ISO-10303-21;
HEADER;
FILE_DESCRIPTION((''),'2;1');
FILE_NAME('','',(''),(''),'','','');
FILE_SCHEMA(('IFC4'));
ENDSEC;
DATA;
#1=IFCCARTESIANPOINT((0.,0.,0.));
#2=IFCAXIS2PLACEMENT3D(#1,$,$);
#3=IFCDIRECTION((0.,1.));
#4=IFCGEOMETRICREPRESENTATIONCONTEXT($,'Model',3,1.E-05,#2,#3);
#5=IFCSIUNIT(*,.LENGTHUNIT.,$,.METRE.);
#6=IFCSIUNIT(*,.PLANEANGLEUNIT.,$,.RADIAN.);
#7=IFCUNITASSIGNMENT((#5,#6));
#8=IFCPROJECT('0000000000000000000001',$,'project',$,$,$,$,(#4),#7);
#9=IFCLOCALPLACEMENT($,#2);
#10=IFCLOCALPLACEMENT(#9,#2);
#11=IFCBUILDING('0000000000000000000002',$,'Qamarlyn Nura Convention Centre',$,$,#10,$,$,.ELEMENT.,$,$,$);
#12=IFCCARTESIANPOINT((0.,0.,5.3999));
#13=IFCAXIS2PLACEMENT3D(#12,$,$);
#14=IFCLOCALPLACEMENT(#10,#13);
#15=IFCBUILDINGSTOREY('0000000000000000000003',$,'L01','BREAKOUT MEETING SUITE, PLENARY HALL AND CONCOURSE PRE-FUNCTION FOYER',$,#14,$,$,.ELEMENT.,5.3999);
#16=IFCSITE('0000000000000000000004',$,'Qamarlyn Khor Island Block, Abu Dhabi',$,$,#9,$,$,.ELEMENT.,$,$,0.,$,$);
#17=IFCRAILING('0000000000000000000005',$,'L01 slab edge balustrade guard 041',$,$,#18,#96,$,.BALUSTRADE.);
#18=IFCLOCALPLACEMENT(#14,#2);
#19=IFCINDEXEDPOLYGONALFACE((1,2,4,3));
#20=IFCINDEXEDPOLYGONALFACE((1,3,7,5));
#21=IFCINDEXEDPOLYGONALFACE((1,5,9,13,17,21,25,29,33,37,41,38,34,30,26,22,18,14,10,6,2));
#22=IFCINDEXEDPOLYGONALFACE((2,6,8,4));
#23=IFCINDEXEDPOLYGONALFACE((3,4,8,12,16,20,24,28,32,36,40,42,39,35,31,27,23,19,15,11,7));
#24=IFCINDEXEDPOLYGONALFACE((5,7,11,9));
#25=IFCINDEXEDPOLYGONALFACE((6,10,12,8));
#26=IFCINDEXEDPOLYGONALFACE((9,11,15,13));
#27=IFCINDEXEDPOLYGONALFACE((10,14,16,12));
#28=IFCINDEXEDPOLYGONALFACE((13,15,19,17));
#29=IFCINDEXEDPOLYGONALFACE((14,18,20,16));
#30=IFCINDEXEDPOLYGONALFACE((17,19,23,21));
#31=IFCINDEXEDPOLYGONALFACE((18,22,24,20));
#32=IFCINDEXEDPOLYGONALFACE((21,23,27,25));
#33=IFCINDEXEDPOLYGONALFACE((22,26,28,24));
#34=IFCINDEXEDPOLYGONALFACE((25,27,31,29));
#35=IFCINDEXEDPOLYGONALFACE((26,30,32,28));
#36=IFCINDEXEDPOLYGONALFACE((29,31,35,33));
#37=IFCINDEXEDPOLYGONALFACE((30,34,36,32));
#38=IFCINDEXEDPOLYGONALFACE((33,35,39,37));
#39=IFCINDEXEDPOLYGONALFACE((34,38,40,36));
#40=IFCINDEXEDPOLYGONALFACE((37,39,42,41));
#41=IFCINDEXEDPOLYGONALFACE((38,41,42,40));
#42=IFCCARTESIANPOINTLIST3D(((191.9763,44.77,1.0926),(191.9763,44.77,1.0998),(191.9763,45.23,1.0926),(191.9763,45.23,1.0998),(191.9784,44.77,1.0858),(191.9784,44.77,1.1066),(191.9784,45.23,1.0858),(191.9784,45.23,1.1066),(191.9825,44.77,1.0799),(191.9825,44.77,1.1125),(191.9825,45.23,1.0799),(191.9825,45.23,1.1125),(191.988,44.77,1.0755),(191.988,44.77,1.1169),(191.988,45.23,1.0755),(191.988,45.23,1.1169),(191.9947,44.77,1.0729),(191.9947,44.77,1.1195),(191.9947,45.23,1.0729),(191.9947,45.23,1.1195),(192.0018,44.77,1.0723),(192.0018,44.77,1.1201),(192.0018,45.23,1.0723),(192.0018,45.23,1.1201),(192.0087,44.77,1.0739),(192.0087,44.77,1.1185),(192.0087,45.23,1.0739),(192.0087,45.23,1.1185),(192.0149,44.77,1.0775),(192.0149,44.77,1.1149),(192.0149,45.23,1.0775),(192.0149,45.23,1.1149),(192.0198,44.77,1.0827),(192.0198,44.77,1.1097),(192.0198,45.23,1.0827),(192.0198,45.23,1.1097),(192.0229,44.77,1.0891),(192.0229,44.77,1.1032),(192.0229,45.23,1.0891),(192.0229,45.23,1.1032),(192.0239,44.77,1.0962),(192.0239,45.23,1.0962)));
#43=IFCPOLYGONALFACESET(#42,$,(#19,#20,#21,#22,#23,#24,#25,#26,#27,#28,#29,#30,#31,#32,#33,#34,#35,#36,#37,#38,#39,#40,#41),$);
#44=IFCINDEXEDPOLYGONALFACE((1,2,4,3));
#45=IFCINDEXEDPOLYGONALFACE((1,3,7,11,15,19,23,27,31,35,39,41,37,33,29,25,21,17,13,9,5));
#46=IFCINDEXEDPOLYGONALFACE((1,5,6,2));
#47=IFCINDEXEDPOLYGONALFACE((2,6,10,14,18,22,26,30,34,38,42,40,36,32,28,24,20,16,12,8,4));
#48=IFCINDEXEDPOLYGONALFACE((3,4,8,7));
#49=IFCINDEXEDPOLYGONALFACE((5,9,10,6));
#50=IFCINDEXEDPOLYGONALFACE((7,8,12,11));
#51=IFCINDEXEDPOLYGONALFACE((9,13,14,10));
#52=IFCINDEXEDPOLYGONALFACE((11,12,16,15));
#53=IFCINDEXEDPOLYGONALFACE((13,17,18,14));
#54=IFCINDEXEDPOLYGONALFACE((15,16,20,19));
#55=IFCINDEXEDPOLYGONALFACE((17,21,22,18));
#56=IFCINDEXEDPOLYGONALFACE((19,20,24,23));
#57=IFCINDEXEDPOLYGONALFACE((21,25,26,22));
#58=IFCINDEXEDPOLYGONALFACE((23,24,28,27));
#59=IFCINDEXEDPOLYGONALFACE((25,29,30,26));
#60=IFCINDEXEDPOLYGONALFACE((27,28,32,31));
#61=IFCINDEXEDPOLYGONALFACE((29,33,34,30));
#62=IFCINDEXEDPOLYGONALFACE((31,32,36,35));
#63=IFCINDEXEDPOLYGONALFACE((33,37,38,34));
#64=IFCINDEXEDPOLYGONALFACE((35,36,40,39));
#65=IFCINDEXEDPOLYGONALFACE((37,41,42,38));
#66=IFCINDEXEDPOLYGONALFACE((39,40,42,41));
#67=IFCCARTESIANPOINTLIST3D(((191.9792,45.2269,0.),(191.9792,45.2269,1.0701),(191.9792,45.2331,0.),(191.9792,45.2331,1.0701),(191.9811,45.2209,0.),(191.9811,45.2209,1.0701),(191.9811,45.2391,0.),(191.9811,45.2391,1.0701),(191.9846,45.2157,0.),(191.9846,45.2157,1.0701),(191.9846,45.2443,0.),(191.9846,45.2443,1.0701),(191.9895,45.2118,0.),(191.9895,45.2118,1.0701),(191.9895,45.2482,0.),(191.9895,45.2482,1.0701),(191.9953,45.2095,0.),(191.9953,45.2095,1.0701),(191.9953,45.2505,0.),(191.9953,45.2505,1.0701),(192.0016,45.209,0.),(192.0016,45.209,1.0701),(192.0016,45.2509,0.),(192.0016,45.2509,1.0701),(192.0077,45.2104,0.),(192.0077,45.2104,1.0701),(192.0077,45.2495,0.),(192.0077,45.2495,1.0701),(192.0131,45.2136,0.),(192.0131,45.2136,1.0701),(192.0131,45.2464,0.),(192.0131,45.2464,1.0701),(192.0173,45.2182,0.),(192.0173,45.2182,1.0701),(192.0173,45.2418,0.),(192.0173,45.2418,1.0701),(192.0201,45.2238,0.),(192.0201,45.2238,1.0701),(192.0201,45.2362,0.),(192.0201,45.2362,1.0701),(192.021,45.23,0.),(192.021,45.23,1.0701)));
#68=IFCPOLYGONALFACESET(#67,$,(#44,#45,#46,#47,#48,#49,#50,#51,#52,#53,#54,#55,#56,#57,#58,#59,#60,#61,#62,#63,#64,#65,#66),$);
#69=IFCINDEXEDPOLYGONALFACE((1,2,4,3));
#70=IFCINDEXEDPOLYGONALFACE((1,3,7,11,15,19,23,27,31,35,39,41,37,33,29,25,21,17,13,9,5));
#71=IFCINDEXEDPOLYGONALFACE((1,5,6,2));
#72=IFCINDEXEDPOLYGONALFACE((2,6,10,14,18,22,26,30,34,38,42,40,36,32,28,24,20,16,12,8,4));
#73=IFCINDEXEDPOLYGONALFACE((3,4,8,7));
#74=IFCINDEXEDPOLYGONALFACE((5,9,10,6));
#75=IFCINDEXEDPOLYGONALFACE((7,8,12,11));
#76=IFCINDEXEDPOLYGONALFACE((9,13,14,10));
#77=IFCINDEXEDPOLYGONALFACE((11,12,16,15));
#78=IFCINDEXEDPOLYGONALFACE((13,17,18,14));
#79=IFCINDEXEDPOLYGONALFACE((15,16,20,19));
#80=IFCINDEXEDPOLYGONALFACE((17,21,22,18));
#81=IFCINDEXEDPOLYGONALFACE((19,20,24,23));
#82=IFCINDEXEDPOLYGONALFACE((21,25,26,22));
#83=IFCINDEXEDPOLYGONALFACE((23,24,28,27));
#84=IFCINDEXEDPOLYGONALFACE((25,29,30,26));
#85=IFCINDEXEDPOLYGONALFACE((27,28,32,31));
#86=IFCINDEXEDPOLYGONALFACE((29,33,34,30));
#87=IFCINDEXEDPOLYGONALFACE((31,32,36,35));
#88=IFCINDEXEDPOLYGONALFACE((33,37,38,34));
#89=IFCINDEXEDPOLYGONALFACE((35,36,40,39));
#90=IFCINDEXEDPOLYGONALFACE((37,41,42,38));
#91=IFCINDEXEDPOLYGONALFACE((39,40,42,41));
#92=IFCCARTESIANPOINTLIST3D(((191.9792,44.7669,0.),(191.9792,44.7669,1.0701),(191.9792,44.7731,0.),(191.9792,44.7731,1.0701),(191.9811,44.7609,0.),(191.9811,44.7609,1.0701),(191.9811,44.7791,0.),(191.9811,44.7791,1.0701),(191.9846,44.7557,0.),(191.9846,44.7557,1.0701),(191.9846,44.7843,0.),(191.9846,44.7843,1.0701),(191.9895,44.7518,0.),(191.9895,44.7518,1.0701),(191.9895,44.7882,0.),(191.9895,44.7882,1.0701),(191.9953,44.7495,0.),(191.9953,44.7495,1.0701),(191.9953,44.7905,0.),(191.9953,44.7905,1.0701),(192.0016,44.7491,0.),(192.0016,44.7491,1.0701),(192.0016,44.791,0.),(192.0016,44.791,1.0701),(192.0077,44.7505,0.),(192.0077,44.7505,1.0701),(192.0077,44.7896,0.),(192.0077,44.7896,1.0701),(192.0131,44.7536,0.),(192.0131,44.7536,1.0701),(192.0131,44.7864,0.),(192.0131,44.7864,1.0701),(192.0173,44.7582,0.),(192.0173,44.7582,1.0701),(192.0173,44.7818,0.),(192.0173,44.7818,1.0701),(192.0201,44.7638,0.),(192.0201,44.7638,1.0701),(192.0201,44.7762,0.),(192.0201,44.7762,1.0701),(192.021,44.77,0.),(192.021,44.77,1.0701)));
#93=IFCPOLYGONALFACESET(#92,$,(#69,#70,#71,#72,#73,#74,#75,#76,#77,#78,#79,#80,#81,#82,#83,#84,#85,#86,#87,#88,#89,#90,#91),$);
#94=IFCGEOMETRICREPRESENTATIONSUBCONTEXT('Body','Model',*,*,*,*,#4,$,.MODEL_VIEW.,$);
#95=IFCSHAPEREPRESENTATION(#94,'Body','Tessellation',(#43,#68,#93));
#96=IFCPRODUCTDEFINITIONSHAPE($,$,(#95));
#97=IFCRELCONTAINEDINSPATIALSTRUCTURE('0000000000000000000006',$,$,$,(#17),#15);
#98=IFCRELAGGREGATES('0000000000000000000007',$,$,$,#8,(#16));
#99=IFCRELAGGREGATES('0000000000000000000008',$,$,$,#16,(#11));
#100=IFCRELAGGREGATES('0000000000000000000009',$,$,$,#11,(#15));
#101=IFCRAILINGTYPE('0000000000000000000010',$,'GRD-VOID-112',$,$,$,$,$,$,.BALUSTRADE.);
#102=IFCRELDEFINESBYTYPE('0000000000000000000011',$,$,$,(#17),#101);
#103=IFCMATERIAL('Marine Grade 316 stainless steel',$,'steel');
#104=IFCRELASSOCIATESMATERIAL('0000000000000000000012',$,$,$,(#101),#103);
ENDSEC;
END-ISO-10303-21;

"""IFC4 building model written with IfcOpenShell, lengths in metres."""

from ifc_helpers import new_model, si_unit, direction, frame, origin, origin_2d, place, context, subcontext, project, spatial, circle, extrude, material, type_object, element, save


model = new_model("IFC4")

# Units and contexts
model_context = context("Model", 3, precision=1e-05, world=origin(), true_north=direction((0.0, 1.0)))
body_context = subcontext(model_context, "Body", "Model", "MODEL_VIEW")
ifc_project = project(units=[si_unit("LENGTHUNIT", "METRE"), si_unit("PLANEANGLEUNIT", "RADIAN")], contexts=[model_context])

# Site, building, storey
site_placement = place(None, origin())
site = spatial("IfcSite", under=ifc_project, at=site_placement, Name="Qamarlyn Khor Island Block, Abu Dhabi", CompositionType="ELEMENT", RefElevation=0.0)
building_placement = place(site_placement, origin())
building = spatial("IfcBuilding", under=site, at=building_placement, Name="Qamarlyn Nura Convention Centre", CompositionType="ELEMENT")
storey_placement = place(building_placement, frame((0.0, 0.0, 5.3999)))
storey = spatial("IfcBuildingStorey", under=building, at=storey_placement, Name="L01", Description="BREAKOUT MEETING SUITE, PLENARY HALL AND CONCOURSE PRE-FUNCTION FOYER", CompositionType="ELEMENT", Elevation=5.3999)

# Railing
ifc_material_1 = material(Name="Marine Grade 316 stainless steel", Category="steel")
railing_type = type_object("IfcRailingType", Name="GRD-VOID-112", PredefinedType="BALUSTRADE", material=ifc_material_1)
railing_placement = place(storey_placement, frame((192.0, 45.23, 0.0)))
element("IfcRailing", 1, at=railing_placement, inside=storey, type_object=railing_type, Name="L01 slab edge balustrade guard 041", PredefinedType="BALUSTRADE", context=body_context, shape_type="SweptSolid", body=[
    extrude(circle(Radius=0.0239, at=origin_2d()), frame((0.0, 0.0, 1.0962), z_axis=(0.0, -1.0, 0.0), x_axis=(1.0, 0.0, 0.0)), (0.0, 0.0, 1.0), 0.46),
    extrude(circle(Radius=0.021, at=origin_2d()), origin(), (0.0, 0.0, 1.0), 1.0701),
    extrude(circle(Radius=0.021, at=origin_2d()), frame((0.0, -0.46, 0.0)), (0.0, 0.0, 1.0), 1.0701),
])

save(model, "model.ifc")
